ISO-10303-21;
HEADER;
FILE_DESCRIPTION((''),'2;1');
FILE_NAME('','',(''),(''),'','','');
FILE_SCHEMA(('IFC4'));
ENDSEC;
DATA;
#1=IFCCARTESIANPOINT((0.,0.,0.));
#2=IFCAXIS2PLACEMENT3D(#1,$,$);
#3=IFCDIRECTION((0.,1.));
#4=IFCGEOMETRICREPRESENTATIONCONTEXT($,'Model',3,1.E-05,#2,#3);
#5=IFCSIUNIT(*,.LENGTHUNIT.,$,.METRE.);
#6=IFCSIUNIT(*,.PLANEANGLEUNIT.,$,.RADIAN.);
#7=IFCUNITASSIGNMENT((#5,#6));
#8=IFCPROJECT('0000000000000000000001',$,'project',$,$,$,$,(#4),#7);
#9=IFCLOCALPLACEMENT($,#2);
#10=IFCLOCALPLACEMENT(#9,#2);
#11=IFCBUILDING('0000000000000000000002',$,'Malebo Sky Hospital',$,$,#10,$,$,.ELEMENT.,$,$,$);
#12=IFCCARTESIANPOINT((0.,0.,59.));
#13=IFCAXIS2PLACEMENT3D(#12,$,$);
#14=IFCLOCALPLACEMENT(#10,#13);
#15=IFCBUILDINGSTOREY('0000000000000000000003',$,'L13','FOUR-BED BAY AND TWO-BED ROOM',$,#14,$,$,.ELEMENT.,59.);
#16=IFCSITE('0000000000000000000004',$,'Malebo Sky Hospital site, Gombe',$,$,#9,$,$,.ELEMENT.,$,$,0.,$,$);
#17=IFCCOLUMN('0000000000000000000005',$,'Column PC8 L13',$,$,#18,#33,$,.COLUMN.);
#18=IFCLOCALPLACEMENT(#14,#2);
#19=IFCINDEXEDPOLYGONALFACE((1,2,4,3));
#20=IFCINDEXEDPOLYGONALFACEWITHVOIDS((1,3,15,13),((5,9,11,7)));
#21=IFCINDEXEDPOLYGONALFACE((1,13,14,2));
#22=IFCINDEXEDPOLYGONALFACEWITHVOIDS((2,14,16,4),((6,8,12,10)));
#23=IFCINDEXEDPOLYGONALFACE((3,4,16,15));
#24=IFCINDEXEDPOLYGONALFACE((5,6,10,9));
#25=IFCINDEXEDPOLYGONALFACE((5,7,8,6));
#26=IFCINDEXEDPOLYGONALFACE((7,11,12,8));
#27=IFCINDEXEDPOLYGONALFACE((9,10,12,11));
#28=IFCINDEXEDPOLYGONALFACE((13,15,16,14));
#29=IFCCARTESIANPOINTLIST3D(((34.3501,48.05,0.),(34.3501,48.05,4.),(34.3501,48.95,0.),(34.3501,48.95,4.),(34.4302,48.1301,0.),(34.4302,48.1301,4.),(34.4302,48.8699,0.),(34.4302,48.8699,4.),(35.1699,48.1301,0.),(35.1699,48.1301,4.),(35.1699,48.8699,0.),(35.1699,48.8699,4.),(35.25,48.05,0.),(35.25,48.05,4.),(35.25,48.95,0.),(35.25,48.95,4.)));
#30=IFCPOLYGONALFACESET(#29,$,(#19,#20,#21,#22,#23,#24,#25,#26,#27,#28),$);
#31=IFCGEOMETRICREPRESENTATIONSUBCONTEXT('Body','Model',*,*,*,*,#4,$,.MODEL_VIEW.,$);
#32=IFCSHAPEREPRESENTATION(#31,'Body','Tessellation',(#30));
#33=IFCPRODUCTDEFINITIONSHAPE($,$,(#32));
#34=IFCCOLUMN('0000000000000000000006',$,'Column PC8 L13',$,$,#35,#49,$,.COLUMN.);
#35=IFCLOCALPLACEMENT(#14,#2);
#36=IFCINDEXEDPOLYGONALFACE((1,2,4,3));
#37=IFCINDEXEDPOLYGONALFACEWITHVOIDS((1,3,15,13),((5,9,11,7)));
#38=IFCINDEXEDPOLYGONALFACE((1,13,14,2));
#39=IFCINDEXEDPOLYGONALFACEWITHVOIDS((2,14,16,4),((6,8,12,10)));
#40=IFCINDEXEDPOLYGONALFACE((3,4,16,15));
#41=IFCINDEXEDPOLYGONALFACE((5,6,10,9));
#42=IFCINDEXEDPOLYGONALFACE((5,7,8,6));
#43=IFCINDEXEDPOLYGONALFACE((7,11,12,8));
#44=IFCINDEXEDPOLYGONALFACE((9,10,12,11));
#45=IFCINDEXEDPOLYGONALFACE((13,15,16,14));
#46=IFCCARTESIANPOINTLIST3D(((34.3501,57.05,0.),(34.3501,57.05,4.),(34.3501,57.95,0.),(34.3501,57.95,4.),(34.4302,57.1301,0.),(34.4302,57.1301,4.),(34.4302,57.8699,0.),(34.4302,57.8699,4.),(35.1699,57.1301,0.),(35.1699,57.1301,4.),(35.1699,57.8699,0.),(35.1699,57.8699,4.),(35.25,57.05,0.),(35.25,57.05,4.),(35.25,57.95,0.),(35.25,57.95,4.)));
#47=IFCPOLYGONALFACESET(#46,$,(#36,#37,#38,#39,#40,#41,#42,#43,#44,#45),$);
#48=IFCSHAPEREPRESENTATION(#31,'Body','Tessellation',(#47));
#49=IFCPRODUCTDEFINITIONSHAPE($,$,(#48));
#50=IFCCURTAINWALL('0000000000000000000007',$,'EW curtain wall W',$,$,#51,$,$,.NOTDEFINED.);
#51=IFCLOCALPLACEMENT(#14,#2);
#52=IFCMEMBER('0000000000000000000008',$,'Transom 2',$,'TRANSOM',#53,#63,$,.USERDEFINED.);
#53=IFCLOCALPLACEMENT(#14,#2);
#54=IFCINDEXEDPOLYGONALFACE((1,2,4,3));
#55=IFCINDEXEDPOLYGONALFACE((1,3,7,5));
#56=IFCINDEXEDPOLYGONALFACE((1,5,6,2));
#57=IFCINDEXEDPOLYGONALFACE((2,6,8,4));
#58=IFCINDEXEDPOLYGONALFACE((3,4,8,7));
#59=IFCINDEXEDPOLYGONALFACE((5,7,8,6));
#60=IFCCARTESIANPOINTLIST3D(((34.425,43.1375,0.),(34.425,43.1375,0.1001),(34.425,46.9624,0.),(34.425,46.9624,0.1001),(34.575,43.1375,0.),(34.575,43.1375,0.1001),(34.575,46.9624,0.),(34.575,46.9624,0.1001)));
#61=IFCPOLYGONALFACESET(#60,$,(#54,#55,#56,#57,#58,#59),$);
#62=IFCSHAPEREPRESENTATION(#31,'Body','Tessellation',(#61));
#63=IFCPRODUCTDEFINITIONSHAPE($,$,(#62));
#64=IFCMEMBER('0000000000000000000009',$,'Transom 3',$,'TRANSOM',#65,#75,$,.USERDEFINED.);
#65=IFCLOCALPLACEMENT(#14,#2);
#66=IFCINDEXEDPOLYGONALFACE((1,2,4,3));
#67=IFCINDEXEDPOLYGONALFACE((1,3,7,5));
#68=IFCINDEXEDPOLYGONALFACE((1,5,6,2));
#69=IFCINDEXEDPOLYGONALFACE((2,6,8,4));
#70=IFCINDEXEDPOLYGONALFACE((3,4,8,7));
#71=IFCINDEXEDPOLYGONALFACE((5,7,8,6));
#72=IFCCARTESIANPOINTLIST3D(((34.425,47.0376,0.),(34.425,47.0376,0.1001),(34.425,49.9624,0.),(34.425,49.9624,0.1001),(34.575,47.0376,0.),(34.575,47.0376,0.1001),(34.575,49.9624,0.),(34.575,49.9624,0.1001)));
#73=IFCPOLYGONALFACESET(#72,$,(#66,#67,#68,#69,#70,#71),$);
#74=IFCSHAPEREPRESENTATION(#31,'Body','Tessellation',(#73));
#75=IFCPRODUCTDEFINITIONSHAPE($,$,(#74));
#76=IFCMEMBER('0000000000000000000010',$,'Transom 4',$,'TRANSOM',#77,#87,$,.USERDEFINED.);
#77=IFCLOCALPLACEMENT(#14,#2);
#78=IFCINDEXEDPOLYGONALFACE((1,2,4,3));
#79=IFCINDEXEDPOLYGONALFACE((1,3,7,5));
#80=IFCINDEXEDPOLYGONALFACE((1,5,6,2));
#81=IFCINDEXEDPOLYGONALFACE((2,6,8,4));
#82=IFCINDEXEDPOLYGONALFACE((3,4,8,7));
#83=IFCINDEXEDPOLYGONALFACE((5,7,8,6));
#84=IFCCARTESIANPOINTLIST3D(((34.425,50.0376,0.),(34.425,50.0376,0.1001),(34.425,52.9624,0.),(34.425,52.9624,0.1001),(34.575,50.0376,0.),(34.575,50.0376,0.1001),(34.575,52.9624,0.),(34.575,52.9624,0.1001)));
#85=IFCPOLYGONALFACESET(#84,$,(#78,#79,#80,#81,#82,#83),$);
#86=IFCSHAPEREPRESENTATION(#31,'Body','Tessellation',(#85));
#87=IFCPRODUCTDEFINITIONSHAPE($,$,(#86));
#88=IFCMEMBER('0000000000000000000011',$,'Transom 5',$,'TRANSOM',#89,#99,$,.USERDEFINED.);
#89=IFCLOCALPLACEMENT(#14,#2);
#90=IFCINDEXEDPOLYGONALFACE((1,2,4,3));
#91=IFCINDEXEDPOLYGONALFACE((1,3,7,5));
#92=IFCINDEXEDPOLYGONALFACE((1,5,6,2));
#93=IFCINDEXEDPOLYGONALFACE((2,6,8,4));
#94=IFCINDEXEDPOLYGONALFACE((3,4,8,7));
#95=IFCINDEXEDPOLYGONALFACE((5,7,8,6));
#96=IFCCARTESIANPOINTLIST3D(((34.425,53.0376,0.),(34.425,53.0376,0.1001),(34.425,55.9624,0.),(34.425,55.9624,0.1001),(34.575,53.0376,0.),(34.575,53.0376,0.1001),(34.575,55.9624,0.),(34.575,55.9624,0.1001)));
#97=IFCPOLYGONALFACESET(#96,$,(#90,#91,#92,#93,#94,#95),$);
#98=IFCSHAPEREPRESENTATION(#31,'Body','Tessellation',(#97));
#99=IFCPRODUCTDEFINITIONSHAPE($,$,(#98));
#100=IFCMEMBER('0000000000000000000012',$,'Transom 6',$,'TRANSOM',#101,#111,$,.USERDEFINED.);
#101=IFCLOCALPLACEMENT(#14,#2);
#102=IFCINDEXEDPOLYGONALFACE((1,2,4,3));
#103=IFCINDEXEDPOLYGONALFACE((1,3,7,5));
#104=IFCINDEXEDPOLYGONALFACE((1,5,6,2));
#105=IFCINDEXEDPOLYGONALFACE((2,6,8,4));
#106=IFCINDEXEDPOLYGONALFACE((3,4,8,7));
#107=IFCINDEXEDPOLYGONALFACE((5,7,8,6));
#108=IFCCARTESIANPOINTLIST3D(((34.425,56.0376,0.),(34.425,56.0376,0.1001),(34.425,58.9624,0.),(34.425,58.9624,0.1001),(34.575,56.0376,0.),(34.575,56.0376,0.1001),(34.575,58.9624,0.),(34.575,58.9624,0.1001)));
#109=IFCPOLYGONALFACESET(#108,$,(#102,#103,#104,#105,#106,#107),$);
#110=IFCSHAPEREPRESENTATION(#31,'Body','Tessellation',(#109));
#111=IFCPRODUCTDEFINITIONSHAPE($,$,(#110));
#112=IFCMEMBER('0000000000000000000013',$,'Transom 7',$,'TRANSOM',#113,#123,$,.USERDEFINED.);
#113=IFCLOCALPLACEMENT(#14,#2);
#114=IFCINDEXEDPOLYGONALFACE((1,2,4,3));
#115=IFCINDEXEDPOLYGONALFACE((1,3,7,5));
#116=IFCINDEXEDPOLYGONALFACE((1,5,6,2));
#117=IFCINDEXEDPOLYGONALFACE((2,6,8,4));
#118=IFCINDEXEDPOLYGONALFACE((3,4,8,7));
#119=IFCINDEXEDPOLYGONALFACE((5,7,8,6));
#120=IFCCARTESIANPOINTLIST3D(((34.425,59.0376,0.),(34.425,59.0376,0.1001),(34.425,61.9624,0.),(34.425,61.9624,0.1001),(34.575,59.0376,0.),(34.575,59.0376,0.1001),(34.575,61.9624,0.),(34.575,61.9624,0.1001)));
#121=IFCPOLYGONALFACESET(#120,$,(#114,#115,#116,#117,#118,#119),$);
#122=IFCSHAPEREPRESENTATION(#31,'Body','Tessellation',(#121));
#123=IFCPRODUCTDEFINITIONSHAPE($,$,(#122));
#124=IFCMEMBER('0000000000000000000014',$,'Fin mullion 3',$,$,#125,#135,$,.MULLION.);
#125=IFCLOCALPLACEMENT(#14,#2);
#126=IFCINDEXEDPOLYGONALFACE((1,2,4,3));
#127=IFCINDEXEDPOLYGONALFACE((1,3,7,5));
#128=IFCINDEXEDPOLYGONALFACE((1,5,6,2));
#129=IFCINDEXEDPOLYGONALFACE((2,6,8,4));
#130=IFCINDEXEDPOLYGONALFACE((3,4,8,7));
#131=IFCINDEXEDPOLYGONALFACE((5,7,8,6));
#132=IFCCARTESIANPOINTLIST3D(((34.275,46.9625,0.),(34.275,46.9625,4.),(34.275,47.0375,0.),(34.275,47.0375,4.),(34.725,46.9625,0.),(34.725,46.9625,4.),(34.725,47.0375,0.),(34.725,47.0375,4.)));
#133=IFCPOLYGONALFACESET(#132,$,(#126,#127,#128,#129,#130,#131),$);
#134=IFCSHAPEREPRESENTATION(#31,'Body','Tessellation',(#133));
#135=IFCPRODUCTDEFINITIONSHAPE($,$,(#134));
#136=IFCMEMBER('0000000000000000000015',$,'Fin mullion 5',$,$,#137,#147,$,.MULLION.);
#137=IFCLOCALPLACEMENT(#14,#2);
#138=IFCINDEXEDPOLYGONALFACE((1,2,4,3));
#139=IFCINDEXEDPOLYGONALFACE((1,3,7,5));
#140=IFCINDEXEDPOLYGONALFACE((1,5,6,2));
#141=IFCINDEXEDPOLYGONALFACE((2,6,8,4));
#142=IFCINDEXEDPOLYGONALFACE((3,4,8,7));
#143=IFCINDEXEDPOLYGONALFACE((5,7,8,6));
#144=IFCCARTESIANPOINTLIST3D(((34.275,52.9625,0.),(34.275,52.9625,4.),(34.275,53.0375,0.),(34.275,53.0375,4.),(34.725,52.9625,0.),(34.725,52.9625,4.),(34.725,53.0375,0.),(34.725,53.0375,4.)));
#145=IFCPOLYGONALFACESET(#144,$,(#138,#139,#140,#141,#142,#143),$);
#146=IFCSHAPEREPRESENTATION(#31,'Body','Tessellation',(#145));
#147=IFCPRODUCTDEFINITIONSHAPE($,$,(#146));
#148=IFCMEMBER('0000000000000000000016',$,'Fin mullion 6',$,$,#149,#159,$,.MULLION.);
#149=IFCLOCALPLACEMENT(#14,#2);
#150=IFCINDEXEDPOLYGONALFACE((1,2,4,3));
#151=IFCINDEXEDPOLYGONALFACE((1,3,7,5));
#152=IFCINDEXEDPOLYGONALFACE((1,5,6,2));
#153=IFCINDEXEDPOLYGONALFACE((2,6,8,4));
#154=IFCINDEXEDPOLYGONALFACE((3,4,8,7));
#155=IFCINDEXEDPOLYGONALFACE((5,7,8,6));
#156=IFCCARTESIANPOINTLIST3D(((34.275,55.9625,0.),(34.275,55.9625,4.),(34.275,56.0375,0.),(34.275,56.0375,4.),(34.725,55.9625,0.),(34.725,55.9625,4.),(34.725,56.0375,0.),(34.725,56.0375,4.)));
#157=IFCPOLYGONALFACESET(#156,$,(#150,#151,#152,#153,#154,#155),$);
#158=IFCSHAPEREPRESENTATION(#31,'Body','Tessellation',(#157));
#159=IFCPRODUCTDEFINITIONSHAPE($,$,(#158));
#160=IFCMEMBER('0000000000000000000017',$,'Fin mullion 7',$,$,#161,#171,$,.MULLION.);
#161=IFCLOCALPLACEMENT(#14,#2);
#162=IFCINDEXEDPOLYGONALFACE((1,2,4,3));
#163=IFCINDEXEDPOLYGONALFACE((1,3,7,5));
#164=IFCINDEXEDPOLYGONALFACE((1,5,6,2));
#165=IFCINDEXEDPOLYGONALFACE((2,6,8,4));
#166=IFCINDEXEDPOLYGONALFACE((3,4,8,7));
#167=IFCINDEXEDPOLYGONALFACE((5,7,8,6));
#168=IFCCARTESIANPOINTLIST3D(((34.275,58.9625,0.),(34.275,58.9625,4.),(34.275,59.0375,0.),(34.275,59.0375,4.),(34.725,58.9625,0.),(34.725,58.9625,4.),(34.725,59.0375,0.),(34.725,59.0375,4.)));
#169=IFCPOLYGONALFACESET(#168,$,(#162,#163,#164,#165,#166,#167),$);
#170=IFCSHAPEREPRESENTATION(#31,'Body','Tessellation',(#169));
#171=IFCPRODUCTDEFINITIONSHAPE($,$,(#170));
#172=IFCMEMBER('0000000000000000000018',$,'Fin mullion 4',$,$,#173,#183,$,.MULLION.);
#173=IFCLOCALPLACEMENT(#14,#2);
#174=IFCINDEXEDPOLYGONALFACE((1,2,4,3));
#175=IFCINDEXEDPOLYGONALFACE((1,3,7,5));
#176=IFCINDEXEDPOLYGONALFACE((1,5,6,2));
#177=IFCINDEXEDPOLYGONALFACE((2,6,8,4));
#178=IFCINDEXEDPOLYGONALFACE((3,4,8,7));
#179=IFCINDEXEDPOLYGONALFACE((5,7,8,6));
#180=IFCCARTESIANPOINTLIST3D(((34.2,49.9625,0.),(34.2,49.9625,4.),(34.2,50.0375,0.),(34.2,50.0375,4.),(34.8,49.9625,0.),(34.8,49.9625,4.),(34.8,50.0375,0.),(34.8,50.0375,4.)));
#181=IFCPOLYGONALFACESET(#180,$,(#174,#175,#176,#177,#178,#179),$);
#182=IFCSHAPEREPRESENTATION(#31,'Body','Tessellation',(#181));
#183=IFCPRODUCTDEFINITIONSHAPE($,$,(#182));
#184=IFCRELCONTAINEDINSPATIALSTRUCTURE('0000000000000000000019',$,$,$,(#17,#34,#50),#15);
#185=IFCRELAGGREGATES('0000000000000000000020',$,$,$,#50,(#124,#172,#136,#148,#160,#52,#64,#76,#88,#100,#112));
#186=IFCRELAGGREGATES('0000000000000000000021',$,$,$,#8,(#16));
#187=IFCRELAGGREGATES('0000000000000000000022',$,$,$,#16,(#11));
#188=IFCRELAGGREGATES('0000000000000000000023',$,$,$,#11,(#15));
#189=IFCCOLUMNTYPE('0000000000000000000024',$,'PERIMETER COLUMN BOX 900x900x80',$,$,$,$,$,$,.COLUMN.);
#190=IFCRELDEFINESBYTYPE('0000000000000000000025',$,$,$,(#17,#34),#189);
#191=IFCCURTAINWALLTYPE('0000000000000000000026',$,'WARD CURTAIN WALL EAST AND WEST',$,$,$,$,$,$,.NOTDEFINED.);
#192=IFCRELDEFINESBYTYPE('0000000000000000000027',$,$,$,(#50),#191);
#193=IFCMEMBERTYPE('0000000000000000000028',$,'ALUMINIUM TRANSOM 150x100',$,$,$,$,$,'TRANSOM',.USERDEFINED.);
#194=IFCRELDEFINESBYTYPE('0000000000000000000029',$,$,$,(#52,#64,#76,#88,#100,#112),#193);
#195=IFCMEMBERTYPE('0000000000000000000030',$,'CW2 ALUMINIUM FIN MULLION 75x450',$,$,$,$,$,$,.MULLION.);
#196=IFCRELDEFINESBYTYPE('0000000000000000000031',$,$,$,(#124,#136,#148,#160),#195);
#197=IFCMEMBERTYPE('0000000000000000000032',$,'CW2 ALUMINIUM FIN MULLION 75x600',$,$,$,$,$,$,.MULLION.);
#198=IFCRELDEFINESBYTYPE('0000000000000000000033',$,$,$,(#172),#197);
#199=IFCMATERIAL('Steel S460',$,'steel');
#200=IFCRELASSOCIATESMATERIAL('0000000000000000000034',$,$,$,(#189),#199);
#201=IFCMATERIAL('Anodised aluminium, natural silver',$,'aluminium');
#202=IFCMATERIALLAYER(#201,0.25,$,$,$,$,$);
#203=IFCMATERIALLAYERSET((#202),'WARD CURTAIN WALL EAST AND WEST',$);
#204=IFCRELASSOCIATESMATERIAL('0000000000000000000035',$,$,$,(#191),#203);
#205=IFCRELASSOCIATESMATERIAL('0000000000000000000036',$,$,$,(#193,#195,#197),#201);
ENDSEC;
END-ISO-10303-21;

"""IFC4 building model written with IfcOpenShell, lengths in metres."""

from ifc_helpers import new_model, si_unit, direction, frame, origin, origin_2d, place, context, subcontext, project, spatial, rectangle, hollow_rectangle, extrude, material, layer, layer_set, material_profile, profile_set, type_object, element, aggregate, save


model = new_model("IFC4")

# Units and contexts
model_context = context("Model", 3, precision=1e-05, world=origin(), true_north=direction((0.0, 1.0)))
body_context = subcontext(model_context, "Body", "Model", "MODEL_VIEW")
ifc_project = project(units=[si_unit("LENGTHUNIT", "METRE"), si_unit("PLANEANGLEUNIT", "RADIAN")], contexts=[model_context])

# Site, building, storey
site_placement = place(None, origin())
site = spatial("IfcSite", under=ifc_project, at=site_placement, Name="Malebo Sky Hospital site, Gombe", CompositionType="ELEMENT", RefElevation=0.0)
building_placement = place(site_placement, origin())
building = spatial("IfcBuilding", under=site, at=building_placement, Name="Malebo Sky Hospital", CompositionType="ELEMENT")
storey_placement = place(building_placement, frame((0.0, 0.0, 59.0)))
storey = spatial("IfcBuildingStorey", under=building, at=storey_placement, Name="L13", Description="FOUR-BED BAY AND TWO-BED ROOM", CompositionType="ELEMENT", Elevation=59.0)

# Columns
ifc_material_1 = material(Name="Steel S460", Category="steel")
ifc_material_profile_1 = material_profile(ifc_material_1, hollow_rectangle(XDim=0.8999, YDim=0.8999, WallThickness=0.0801, at=origin_2d()), Name="BOX 900x900x80")
ifc_profile_set_1 = profile_set([ifc_material_profile_1], Name="Steel S460")
column_type = type_object("IfcColumnType", Name="PERIMETER COLUMN BOX 900x900x80", PredefinedType="COLUMN", material=ifc_profile_set_1)
for number, where, z_axis, x_axis, name in (
    (1, (34.8, 48.5, 0.0), (0.0, 0.0, 1.0), (1.0, 0.0, 0.0), "Column PC8 L13"),
    (2, (34.8, 57.5, 0.0), (0.0, 0.0, 1.0), (1.0, 0.0, 0.0), "Column PC8 L13"),
):
    element("IfcColumn", number, at=place(storey_placement, frame(where, z_axis=z_axis, x_axis=x_axis)), inside=storey, type_object=column_type, Name=name, PredefinedType="COLUMN", context=body_context, shape_type="SweptSolid", body=[
        extrude(hollow_rectangle(XDim=0.8999, YDim=0.8999, WallThickness=0.0801, at=origin_2d()), origin(), (0.0, 0.0, 1.0), 4.0),
    ])

# Curtain wall, members
ifc_material_2 = material(Name="Anodised aluminium, natural silver", Category="aluminium")
ifc_layer_1 = layer(ifc_material_2, 0.25)
ifc_layer_set_1 = layer_set([ifc_layer_1], Name="WARD CURTAIN WALL EAST AND WEST")
curtain_wall_type = type_object("IfcCurtainWallType", Name="WARD CURTAIN WALL EAST AND WEST", PredefinedType="NOTDEFINED", material=ifc_layer_set_1)
curtain_wall_placement = place(storey_placement, origin())
curtain_wall = element("IfcCurtainWall", 3, at=curtain_wall_placement, inside=storey, type_object=curtain_wall_type, Name="EW curtain wall W", PredefinedType="NOTDEFINED")
ifc_material_profile_2 = material_profile(ifc_material_2, rectangle(XDim=0.1499, YDim=0.1001, at=origin_2d()), Name="ALUMINIUM TRANSOM 150x100")
ifc_profile_set_2 = profile_set([ifc_material_profile_2], Name="Anodised aluminium, natural silver")
member_type_1 = type_object("IfcMemberType", Name="ALUMINIUM TRANSOM 150x100", ElementType="TRANSOM", PredefinedType="USERDEFINED", material=ifc_profile_set_2)
member_1_placement = place(storey_placement, frame((34.5, 43.1375, 0.05), z_axis=(0.0, 1.0, 0.0), x_axis=(-1.0, 0.0, 0.0)))
member_1 = element("IfcMember", 4, at=member_1_placement, type_object=member_type_1, Name="Transom 2", ObjectType="TRANSOM", PredefinedType="USERDEFINED", context=body_context, shape_type="SweptSolid", body=[
    extrude(rectangle(XDim=0.1499, YDim=0.1001, at=origin_2d()), origin(), (0.0, 0.0, 1.0), 3.825),
])
member_2_placement = place(storey_placement, frame((34.5, 47.0376, 0.05), z_axis=(0.0, 1.0, 0.0), x_axis=(-1.0, 0.0, 0.0)))
member_2 = element("IfcMember", 5, at=member_2_placement, type_object=member_type_1, Name="Transom 3", ObjectType="TRANSOM", PredefinedType="USERDEFINED", context=body_context, shape_type="SweptSolid", body=[
    extrude(rectangle(XDim=0.1499, YDim=0.1001, at=origin_2d()), origin(), (0.0, 0.0, 1.0), 2.9248),
])
member_3_placement = place(storey_placement, frame((34.5, 50.0376, 0.05), z_axis=(0.0, 1.0, 0.0), x_axis=(-1.0, 0.0, 0.0)))
member_3 = element("IfcMember", 6, at=member_3_placement, type_object=member_type_1, Name="Transom 4", ObjectType="TRANSOM", PredefinedType="USERDEFINED", context=body_context, shape_type="SweptSolid", body=[
    extrude(rectangle(XDim=0.1499, YDim=0.1001, at=origin_2d()), origin(), (0.0, 0.0, 1.0), 2.9248),
])
member_4_placement = place(storey_placement, frame((34.5, 53.0376, 0.05), z_axis=(0.0, 1.0, 0.0), x_axis=(-1.0, 0.0, 0.0)))
member_4 = element("IfcMember", 7, at=member_4_placement, type_object=member_type_1, Name="Transom 5", ObjectType="TRANSOM", PredefinedType="USERDEFINED", context=body_context, shape_type="SweptSolid", body=[
    extrude(rectangle(XDim=0.1499, YDim=0.1001, at=origin_2d()), origin(), (0.0, 0.0, 1.0), 2.9248),
])
member_5_placement = place(storey_placement, frame((34.5, 56.0376, 0.05), z_axis=(0.0, 1.0, 0.0), x_axis=(-1.0, 0.0, 0.0)))
member_5 = element("IfcMember", 8, at=member_5_placement, type_object=member_type_1, Name="Transom 6", ObjectType="TRANSOM", PredefinedType="USERDEFINED", context=body_context, shape_type="SweptSolid", body=[
    extrude(rectangle(XDim=0.1499, YDim=0.1001, at=origin_2d()), origin(), (0.0, 0.0, 1.0), 2.9248),
])
member_6_placement = place(storey_placement, frame((34.5, 59.0376, 0.05), z_axis=(0.0, 1.0, 0.0), x_axis=(-1.0, 0.0, 0.0)))
member_6 = element("IfcMember", 9, at=member_6_placement, type_object=member_type_1, Name="Transom 7", ObjectType="TRANSOM", PredefinedType="USERDEFINED", context=body_context, shape_type="SweptSolid", body=[
    extrude(rectangle(XDim=0.1499, YDim=0.1001, at=origin_2d()), origin(), (0.0, 0.0, 1.0), 2.9248),
])
ifc_material_profile_3 = material_profile(ifc_material_2, rectangle(XDim=0.075, YDim=0.45, at=origin_2d()), Name="CW2 ALUMINIUM FIN MULLION 75x450")
ifc_profile_set_3 = profile_set([ifc_material_profile_3], Name="Anodised aluminium, natural silver")
member_type_2 = type_object("IfcMemberType", Name="CW2 ALUMINIUM FIN MULLION 75x450", PredefinedType="MULLION", material=ifc_profile_set_3)
member_7_placement = place(storey_placement, frame((34.5, 47.0, 0.0), z_axis=(0.0, 0.0, 1.0), x_axis=(0.0, 1.0, 0.0)))
member_7 = element("IfcMember", 10, at=member_7_placement, type_object=member_type_2, Name="Fin mullion 3", PredefinedType="MULLION", context=body_context, shape_type="SweptSolid", body=[
    extrude(rectangle(XDim=0.075, YDim=0.45, at=origin_2d()), origin(), (0.0, 0.0, 1.0), 4.0),
])
member_8_placement = place(storey_placement, frame((34.5, 53.0, 0.0), z_axis=(0.0, 0.0, 1.0), x_axis=(0.0, 1.0, 0.0)))
member_8 = element("IfcMember", 11, at=member_8_placement, type_object=member_type_2, Name="Fin mullion 5", PredefinedType="MULLION", context=body_context, shape_type="SweptSolid", body=[
    extrude(rectangle(XDim=0.075, YDim=0.45, at=origin_2d()), origin(), (0.0, 0.0, 1.0), 4.0),
])
member_9_placement = place(storey_placement, frame((34.5, 56.0, 0.0), z_axis=(0.0, 0.0, 1.0), x_axis=(0.0, 1.0, 0.0)))
member_9 = element("IfcMember", 12, at=member_9_placement, type_object=member_type_2, Name="Fin mullion 6", PredefinedType="MULLION", context=body_context, shape_type="SweptSolid", body=[
    extrude(rectangle(XDim=0.075, YDim=0.45, at=origin_2d()), origin(), (0.0, 0.0, 1.0), 4.0),
])
member_10_placement = place(storey_placement, frame((34.5, 59.0, 0.0), z_axis=(0.0, 0.0, 1.0), x_axis=(0.0, 1.0, 0.0)))
member_10 = element("IfcMember", 13, at=member_10_placement, type_object=member_type_2, Name="Fin mullion 7", PredefinedType="MULLION", context=body_context, shape_type="SweptSolid", body=[
    extrude(rectangle(XDim=0.075, YDim=0.45, at=origin_2d()), origin(), (0.0, 0.0, 1.0), 4.0),
])
ifc_material_profile_4 = material_profile(ifc_material_2, rectangle(XDim=0.075, YDim=0.6001, at=origin_2d()), Name="CW2 ALUMINIUM FIN MULLION 75x600")
ifc_profile_set_4 = profile_set([ifc_material_profile_4], Name="Anodised aluminium, natural silver")
member_type_3 = type_object("IfcMemberType", Name="CW2 ALUMINIUM FIN MULLION 75x600", PredefinedType="MULLION", material=ifc_profile_set_4)
member_11_placement = place(storey_placement, frame((34.5, 50.0, 0.0), z_axis=(0.0, 0.0, 1.0), x_axis=(0.0, 1.0, 0.0)))
member_11 = element("IfcMember", 14, at=member_11_placement, type_object=member_type_3, Name="Fin mullion 4", PredefinedType="MULLION", context=body_context, shape_type="SweptSolid", body=[
    extrude(rectangle(XDim=0.075, YDim=0.6001, at=origin_2d()), origin(), (0.0, 0.0, 1.0), 4.0),
])

aggregate(curtain_wall, [member_7, member_11, member_8, member_9, member_10, member_1, member_2, member_3, member_4, member_5, member_6])

save(model, "model.ifc")
